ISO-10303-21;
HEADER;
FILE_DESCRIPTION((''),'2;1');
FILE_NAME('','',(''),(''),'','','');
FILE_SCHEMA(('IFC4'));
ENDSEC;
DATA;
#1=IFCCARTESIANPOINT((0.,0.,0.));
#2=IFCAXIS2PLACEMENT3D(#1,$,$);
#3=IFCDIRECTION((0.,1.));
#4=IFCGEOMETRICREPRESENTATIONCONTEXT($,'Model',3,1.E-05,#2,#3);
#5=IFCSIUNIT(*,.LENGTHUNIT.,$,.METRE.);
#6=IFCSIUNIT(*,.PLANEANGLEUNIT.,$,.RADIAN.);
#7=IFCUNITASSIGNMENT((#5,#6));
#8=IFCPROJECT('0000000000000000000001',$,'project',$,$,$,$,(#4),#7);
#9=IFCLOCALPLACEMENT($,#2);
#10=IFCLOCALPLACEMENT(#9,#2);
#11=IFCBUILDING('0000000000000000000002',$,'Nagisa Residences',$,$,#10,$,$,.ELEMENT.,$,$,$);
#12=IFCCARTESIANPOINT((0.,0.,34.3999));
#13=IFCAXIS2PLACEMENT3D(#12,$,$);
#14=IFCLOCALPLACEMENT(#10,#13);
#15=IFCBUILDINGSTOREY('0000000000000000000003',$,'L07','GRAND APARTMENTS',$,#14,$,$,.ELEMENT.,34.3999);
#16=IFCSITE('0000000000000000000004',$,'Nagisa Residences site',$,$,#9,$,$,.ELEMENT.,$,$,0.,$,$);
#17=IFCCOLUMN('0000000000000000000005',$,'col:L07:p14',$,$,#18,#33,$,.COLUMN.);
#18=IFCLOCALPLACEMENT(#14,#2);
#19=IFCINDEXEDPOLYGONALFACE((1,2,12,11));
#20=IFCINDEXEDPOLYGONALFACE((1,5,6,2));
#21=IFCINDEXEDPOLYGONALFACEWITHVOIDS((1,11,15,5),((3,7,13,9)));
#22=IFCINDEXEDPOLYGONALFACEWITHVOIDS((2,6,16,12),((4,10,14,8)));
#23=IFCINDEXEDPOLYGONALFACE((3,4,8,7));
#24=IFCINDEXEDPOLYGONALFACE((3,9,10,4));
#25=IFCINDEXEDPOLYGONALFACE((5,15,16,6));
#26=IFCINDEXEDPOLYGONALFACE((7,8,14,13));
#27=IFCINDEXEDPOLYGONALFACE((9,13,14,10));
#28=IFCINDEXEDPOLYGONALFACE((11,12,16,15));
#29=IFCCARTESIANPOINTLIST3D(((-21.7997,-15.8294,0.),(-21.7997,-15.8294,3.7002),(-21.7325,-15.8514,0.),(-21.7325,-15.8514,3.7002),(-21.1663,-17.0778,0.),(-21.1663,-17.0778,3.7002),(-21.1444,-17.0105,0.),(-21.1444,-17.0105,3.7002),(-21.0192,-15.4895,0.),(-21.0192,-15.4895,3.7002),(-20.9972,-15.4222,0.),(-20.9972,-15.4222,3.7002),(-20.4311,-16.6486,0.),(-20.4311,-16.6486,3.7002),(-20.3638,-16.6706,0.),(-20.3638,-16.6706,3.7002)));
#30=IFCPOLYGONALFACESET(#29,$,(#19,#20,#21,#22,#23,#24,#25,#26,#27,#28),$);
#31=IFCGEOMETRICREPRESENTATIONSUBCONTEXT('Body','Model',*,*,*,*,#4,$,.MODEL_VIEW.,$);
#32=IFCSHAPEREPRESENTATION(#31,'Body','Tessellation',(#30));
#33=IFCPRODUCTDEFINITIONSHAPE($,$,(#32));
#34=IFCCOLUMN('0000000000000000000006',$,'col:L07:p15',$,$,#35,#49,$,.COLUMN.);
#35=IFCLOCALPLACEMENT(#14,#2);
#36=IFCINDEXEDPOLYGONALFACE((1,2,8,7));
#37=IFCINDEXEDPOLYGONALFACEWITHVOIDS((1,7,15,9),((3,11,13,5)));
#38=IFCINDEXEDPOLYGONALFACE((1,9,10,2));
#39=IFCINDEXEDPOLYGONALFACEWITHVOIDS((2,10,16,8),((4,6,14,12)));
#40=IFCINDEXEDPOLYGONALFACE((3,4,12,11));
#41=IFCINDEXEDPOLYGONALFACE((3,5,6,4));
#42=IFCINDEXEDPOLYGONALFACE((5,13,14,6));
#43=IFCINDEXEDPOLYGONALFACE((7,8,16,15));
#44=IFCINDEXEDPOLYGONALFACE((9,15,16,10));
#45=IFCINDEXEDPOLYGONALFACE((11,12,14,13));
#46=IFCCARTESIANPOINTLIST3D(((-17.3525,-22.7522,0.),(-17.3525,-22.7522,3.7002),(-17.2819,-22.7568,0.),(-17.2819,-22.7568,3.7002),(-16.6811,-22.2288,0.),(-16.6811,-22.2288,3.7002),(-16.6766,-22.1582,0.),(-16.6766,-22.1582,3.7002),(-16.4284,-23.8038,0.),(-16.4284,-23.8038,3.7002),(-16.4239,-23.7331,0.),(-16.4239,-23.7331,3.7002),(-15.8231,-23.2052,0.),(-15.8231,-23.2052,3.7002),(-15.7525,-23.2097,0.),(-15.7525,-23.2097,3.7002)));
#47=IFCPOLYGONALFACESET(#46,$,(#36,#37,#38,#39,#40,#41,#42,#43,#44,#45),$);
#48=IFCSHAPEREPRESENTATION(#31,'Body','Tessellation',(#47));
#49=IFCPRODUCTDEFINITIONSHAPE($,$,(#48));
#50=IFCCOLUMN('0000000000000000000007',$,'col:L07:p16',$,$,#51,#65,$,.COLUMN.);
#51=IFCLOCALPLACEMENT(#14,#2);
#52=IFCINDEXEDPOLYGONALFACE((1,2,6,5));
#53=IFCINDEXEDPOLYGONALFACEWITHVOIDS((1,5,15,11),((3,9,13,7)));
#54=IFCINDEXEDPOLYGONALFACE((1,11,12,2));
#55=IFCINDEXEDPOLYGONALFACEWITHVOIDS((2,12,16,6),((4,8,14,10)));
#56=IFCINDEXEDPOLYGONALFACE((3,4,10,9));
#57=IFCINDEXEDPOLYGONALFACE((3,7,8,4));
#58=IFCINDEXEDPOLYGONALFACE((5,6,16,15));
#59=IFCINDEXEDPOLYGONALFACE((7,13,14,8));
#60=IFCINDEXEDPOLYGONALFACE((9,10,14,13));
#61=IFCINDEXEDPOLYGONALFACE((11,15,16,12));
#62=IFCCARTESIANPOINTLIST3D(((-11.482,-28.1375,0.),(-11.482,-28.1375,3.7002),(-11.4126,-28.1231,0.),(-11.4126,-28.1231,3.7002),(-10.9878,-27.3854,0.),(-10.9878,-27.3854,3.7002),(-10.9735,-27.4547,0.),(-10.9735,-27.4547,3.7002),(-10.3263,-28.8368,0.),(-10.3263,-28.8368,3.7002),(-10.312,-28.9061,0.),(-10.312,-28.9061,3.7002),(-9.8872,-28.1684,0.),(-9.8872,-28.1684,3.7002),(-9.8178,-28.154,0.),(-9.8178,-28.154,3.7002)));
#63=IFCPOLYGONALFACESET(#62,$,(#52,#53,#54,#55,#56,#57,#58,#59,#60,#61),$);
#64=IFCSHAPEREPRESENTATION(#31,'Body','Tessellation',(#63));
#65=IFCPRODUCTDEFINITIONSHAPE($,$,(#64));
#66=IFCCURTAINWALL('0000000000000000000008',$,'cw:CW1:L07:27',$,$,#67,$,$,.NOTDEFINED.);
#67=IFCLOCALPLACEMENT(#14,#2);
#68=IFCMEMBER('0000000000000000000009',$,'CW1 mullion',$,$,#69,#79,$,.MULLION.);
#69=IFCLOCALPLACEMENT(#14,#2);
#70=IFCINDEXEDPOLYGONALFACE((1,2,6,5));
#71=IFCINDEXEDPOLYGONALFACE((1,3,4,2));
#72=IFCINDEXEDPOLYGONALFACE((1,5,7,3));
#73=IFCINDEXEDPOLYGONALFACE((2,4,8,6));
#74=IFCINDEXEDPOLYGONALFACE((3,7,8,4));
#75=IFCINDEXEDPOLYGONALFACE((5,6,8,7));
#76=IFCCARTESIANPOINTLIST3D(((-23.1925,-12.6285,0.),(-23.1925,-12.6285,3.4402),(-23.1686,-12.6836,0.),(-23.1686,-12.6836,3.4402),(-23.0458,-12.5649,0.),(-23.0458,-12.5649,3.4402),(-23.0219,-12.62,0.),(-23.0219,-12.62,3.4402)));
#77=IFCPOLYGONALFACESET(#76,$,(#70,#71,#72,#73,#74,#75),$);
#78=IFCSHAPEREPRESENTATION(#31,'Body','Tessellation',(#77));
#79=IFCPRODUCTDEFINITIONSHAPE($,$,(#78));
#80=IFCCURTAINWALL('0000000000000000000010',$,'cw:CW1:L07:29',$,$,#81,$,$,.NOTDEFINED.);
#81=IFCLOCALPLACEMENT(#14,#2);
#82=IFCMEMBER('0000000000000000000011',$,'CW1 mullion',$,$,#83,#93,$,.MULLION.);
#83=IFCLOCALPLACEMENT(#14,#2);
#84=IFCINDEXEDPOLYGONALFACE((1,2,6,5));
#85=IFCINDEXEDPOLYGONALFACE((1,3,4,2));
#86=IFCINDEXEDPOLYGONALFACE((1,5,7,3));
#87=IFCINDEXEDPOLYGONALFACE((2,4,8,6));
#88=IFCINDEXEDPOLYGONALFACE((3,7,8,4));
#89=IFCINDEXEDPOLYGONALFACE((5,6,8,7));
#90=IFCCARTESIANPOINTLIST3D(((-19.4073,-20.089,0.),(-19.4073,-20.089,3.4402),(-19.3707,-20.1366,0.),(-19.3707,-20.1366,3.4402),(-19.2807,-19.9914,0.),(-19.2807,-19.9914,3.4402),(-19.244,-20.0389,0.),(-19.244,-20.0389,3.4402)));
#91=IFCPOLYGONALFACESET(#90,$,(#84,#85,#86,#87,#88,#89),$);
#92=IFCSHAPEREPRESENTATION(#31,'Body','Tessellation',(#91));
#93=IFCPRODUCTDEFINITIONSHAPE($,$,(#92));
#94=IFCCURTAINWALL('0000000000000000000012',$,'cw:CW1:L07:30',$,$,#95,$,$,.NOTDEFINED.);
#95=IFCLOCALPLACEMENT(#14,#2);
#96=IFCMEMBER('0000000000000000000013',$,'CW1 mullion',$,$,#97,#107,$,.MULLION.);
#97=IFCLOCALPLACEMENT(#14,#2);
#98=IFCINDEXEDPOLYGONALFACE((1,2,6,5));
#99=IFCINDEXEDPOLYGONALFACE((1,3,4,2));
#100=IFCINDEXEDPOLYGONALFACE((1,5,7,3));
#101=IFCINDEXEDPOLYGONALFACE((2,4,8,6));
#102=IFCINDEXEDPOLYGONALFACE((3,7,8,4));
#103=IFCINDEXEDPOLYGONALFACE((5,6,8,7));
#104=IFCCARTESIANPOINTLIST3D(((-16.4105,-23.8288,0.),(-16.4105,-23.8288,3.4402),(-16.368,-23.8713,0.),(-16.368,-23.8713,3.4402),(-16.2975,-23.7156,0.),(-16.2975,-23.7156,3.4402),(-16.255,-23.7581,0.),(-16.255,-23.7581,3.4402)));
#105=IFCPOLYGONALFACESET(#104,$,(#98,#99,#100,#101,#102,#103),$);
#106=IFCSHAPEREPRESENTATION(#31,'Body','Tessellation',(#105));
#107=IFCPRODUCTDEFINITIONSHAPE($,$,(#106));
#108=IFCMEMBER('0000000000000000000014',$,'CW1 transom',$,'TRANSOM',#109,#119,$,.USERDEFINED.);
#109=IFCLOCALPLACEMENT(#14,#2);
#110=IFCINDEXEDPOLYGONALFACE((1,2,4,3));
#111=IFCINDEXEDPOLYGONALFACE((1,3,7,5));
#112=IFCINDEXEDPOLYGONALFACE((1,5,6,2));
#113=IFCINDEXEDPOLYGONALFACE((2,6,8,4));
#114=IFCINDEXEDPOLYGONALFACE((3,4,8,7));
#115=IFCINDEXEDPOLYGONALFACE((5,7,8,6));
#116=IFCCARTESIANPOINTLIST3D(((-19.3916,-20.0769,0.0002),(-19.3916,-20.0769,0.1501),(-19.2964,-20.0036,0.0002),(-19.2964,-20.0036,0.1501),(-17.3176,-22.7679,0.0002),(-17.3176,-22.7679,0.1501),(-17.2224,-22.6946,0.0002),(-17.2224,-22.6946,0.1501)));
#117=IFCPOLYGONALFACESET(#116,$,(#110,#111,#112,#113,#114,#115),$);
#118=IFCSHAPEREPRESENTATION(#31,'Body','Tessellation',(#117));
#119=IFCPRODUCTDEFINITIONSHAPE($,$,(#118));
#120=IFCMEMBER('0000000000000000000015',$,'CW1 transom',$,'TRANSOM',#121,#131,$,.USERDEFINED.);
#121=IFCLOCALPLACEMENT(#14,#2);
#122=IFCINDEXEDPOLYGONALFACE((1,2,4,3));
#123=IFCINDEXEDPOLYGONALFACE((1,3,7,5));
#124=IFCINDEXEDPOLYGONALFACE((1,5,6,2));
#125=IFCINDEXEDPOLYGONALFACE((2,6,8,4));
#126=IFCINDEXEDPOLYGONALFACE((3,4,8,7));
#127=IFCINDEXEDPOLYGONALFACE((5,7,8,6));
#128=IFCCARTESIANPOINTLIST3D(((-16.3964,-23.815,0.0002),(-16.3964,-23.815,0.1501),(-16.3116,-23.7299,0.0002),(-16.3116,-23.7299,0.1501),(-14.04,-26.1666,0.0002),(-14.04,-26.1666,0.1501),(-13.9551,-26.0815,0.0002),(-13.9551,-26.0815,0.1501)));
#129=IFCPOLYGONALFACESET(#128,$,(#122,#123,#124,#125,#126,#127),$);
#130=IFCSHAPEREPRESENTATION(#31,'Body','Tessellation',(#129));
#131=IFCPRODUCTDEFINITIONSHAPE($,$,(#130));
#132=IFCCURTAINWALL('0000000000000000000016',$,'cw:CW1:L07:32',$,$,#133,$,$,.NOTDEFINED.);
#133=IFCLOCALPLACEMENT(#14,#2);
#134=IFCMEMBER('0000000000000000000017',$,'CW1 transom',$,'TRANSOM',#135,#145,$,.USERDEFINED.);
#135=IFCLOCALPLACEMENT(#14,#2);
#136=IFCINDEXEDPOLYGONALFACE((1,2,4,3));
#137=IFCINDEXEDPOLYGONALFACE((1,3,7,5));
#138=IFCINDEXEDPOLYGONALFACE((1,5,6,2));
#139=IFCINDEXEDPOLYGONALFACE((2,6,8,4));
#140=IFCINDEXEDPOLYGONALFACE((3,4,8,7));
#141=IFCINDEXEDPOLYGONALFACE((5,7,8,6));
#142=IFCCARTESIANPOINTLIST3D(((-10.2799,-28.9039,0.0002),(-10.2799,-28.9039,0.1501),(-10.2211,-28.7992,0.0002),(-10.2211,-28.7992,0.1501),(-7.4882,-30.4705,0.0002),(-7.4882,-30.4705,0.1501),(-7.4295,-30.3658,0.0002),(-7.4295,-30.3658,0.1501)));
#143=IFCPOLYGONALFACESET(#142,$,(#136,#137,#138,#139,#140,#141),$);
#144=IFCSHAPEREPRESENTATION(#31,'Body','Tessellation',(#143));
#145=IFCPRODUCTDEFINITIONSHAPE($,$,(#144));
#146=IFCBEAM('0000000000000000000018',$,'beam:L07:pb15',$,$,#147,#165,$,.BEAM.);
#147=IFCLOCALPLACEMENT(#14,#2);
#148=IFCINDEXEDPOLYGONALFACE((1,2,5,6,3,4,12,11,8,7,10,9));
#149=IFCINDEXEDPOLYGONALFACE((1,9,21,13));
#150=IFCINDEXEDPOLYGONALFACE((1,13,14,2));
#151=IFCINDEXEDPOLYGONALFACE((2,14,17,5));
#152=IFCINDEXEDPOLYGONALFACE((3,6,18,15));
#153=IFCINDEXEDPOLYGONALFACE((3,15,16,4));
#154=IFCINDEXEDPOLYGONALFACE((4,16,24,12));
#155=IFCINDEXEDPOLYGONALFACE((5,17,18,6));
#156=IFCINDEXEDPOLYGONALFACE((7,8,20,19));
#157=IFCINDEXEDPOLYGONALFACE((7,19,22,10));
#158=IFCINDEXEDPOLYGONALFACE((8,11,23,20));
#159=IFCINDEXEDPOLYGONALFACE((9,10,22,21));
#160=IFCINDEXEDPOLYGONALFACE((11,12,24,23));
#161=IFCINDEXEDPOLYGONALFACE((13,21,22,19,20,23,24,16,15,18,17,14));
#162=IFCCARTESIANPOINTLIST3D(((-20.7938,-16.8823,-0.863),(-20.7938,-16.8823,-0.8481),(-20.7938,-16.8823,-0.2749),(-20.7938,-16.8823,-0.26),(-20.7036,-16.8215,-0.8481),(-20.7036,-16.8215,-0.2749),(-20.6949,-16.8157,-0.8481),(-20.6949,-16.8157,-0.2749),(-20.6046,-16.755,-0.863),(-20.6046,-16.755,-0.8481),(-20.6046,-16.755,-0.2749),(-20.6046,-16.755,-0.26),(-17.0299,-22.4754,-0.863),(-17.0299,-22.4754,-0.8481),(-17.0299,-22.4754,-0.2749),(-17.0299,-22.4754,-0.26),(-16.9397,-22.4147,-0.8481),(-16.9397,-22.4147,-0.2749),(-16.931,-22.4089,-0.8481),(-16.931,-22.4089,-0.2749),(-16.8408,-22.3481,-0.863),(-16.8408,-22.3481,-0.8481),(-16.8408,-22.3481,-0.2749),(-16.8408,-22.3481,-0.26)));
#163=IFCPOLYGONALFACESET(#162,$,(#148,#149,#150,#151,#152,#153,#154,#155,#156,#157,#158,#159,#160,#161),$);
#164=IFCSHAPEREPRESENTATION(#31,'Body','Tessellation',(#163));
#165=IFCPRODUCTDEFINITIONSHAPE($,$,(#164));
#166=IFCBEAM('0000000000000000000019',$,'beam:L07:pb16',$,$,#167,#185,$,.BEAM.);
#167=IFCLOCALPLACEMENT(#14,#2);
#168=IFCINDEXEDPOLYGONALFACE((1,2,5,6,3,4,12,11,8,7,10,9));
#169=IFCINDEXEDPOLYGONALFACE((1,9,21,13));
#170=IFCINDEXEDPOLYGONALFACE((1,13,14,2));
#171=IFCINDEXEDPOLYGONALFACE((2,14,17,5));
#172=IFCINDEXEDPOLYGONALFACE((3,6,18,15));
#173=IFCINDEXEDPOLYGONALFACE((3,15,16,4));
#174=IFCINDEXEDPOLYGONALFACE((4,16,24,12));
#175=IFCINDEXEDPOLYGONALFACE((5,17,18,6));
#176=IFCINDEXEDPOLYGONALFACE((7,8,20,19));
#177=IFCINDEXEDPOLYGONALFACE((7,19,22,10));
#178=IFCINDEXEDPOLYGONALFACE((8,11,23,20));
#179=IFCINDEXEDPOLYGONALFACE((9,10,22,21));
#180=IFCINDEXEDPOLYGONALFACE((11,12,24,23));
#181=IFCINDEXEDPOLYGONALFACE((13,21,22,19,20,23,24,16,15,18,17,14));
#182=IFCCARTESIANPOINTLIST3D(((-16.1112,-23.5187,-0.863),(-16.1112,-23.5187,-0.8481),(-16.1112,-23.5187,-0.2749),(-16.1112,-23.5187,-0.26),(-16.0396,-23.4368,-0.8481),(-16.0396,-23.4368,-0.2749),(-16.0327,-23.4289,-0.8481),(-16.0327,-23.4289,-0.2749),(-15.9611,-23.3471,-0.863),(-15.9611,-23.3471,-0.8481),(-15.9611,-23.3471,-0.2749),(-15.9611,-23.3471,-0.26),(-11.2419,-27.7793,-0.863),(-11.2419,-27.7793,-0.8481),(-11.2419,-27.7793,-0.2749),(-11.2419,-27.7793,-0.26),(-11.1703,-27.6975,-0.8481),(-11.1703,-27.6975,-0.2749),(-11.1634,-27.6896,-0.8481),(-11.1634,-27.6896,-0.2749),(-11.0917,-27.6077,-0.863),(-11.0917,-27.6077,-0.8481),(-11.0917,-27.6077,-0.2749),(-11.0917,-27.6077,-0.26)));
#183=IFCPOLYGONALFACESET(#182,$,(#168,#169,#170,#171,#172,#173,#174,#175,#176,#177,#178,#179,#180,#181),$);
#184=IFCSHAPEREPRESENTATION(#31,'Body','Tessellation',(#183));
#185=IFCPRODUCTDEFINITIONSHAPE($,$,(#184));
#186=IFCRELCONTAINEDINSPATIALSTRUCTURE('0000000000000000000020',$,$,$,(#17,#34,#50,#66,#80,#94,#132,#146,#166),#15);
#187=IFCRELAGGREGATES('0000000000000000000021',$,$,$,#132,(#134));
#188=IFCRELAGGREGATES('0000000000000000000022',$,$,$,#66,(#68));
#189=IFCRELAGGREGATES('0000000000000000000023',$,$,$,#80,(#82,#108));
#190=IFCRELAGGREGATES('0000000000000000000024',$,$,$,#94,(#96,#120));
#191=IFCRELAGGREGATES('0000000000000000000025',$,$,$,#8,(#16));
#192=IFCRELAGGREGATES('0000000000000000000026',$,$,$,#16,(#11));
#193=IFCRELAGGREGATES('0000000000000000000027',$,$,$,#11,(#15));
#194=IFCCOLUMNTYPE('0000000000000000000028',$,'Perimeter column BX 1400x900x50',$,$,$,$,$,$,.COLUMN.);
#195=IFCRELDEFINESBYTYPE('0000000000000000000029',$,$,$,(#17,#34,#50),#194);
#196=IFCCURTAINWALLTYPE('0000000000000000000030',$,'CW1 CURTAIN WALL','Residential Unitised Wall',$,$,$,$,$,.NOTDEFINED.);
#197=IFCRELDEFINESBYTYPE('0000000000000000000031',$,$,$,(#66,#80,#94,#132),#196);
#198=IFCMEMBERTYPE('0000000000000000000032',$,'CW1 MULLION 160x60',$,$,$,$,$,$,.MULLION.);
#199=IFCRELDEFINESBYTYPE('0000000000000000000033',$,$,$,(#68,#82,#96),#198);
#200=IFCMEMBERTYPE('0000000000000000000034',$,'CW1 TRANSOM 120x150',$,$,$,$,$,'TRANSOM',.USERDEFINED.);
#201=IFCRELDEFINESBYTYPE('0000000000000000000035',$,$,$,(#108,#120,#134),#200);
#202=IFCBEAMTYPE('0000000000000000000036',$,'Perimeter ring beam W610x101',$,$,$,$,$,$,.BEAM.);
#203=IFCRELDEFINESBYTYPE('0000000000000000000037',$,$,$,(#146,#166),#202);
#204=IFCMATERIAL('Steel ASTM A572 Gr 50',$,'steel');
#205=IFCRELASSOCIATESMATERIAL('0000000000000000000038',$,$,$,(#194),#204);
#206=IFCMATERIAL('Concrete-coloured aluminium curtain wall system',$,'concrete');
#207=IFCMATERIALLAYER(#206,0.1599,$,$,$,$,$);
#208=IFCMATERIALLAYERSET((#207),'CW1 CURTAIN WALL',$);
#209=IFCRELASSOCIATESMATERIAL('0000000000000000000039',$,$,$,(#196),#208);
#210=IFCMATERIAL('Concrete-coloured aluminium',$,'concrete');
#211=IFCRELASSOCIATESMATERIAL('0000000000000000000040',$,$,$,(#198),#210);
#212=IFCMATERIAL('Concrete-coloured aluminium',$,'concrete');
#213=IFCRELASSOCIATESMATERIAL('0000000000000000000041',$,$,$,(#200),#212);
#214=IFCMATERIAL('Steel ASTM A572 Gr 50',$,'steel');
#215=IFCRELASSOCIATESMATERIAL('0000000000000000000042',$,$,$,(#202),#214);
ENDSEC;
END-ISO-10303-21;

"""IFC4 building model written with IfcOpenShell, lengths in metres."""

from ifc_helpers import new_model, si_unit, direction, frame, origin, origin_2d, place, context, subcontext, project, spatial, rectangle, hollow_rectangle, i_section, extrude, material, layer, layer_set, material_profile, profile_set, type_object, element, aggregate, save


model = new_model("IFC4")

# Units and contexts
model_context = context("Model", 3, precision=1e-05, world=origin(), true_north=direction((0.0, 1.0)))
body_context = subcontext(model_context, "Body", "Model", "MODEL_VIEW")
ifc_project = project(units=[si_unit("LENGTHUNIT", "METRE"), si_unit("PLANEANGLEUNIT", "RADIAN")], contexts=[model_context])

# Site, building, storey
site_placement = place(None, origin())
site = spatial("IfcSite", under=ifc_project, at=site_placement, Name="Nagisa Residences site", CompositionType="ELEMENT", RefElevation=0.0)
building_placement = place(site_placement, origin())
building = spatial("IfcBuilding", under=site, at=building_placement, Name="Nagisa Residences", CompositionType="ELEMENT")
storey_placement = place(building_placement, frame((0.0, 0.0, 34.3999)))
storey = spatial("IfcBuildingStorey", under=building, at=storey_placement, Name="L07", Description="GRAND APARTMENTS", CompositionType="ELEMENT", Elevation=34.3999)

# Columns
ifc_material_1 = material(Name="Steel ASTM A572 Gr 50", Category="steel")
ifc_material_profile_1 = material_profile(ifc_material_1, hollow_rectangle(XDim=1.3999, YDim=0.8999, WallThickness=0.05, at=origin_2d()), Name="BX 1400x900x50")
ifc_profile_set_1 = profile_set([ifc_material_profile_1], Name="Steel ASTM A572 Gr 50")
column_type = type_object("IfcColumnType", Name="Perimeter column BX 1400x900x50", PredefinedType="COLUMN", material=ifc_profile_set_1)
for number, where, z_axis, x_axis, name in (
    (1, (-21.0818, -16.25, 0.0), (0.0, 0.0, 1.0), (0.452463, -0.891783, 0.0), "col:L07:p14"),
    (2, (-16.5525, -22.981, 0.0), (0.0, 0.0, 1.0), (0.660115, -0.751165, 0.0), "col:L07:p15"),
    (3, (-10.6499, -28.1458, 0.0), (0.0, 0.0, 1.0), (0.835766, -0.549086, 0.0), "col:L07:p16"),
):
    element("IfcColumn", number, at=place(storey_placement, frame(where, z_axis=z_axis, x_axis=x_axis)), inside=storey, type_object=column_type, Name=name, PredefinedType="COLUMN", context=body_context, shape_type="SweptSolid", body=[
        extrude(hollow_rectangle(XDim=1.3999, YDim=0.8999, WallThickness=0.05, at=origin_2d()), origin(), (0.0, 0.0, 1.0), 3.7002),
    ])

# Curtain walls, members
ifc_material_2 = material(Name="Concrete-coloured aluminium curtain wall system", Category="concrete")
ifc_layer_1 = layer(ifc_material_2, 0.1599)
ifc_layer_set_1 = layer_set([ifc_layer_1], Name="CW1 CURTAIN WALL")
curtain_wall_type = type_object("IfcCurtainWallType", Name="CW1 CURTAIN WALL", Description="Residential Unitised Wall", PredefinedType="NOTDEFINED", material=ifc_layer_set_1)
curtain_wall_1_placement = place(storey_placement, origin())
curtain_wall_1 = element("IfcCurtainWall", 4, at=curtain_wall_1_placement, inside=storey, type_object=curtain_wall_type, Name="cw:CW1:L07:27", PredefinedType="NOTDEFINED")
ifc_material_3 = material(Name="Concrete-coloured aluminium", Category="concrete")
ifc_material_profile_2 = material_profile(ifc_material_3, rectangle(XDim=0.1599, YDim=0.0601, at=origin_2d()), Name="CW1 MULLION 160x60")
ifc_profile_set_2 = profile_set([ifc_material_profile_2], Name="Concrete-coloured aluminium")
member_type_1 = type_object("IfcMemberType", Name="CW1 MULLION 160x60", PredefinedType="MULLION", material=ifc_profile_set_2)
member_1_placement = place(storey_placement, frame((-23.1072, -12.6243, 0.0), z_axis=(0.0, 0.0, 1.0), x_axis=(0.917543, 0.397636, 0.0)))
member_1 = element("IfcMember", 5, at=member_1_placement, type_object=member_type_1, Name="CW1 mullion", PredefinedType="MULLION", context=body_context, shape_type="SweptSolid", body=[
    extrude(rectangle(XDim=0.1599, YDim=0.0601, at=origin_2d()), origin(), (0.0, 0.0, 1.0), 3.4402),
])
curtain_wall_2_placement = place(storey_placement, origin())
curtain_wall_2 = element("IfcCurtainWall", 6, at=curtain_wall_2_placement, inside=storey, type_object=curtain_wall_type, Name="cw:CW1:L07:29", PredefinedType="NOTDEFINED")
member_2_placement = place(storey_placement, frame((-19.3257, -20.064, 0.0), z_axis=(0.0, 0.0, 1.0), x_axis=(0.79207, 0.61043, 0.0)))
member_2 = element("IfcMember", 7, at=member_2_placement, type_object=member_type_1, Name="CW1 mullion", PredefinedType="MULLION", context=body_context, shape_type="SweptSolid", body=[
    extrude(rectangle(XDim=0.1599, YDim=0.0601, at=origin_2d()), origin(), (0.0, 0.0, 1.0), 3.4402),
])
curtain_wall_3_placement = place(storey_placement, origin())
curtain_wall_3 = element("IfcCurtainWall", 8, at=curtain_wall_3_placement, inside=storey, type_object=curtain_wall_type, Name="cw:CW1:L07:30", PredefinedType="NOTDEFINED")
member_3_placement = place(storey_placement, frame((-16.3328, -23.7935, 0.0), z_axis=(0.0, 0.0, 1.0), x_axis=(0.706377, 0.707836, 0.0)))
member_3 = element("IfcMember", 9, at=member_3_placement, type_object=member_type_1, Name="CW1 mullion", PredefinedType="MULLION", context=body_context, shape_type="SweptSolid", body=[
    extrude(rectangle(XDim=0.1599, YDim=0.0601, at=origin_2d()), origin(), (0.0, 0.0, 1.0), 3.4402),
])

# Members
ifc_material_4 = material(Name="Concrete-coloured aluminium", Category="concrete")
ifc_material_profile_3 = material_profile(ifc_material_4, rectangle(XDim=0.1201, YDim=0.1499, at=origin_2d()), Name="CW1 TRANSOM 120x150")
ifc_profile_set_3 = profile_set([ifc_material_profile_3], Name="Concrete-coloured aluminium")
member_type_2 = type_object("IfcMemberType", Name="CW1 TRANSOM 120x150", ElementType="TRANSOM", PredefinedType="USERDEFINED", material=ifc_profile_set_3)
member_4_placement = place(storey_placement, frame((-19.344, -20.0403, 0.0752), z_axis=(0.610457, -0.792049, 0.0), x_axis=(0.792049, 0.610457, 0.0)))
member_4 = element("IfcMember", 10, at=member_4_placement, type_object=member_type_2, Name="CW1 transom", ObjectType="TRANSOM", PredefinedType="USERDEFINED", context=body_context, shape_type="SweptSolid", body=[
    extrude(rectangle(XDim=0.1201, YDim=0.1499, at=origin_2d()), origin(), (0.0, 0.0, 1.0), 3.3975),
])
member_5_placement = place(storey_placement, frame((-16.354, -23.7725, 0.0752), z_axis=(0.70784, -0.706373, 0.0), x_axis=(0.706373, 0.70784, 0.0)))
member_5 = element("IfcMember", 11, at=member_5_placement, type_object=member_type_2, Name="CW1 transom", ObjectType="TRANSOM", PredefinedType="USERDEFINED", context=body_context, shape_type="SweptSolid", body=[
    extrude(rectangle(XDim=0.1201, YDim=0.1499, at=origin_2d()), origin(), (0.0, 0.0, 1.0), 3.3291),
])

# Curtain wall, member
curtain_wall_4_placement = place(storey_placement, origin())
curtain_wall_4 = element("IfcCurtainWall", 12, at=curtain_wall_4_placement, inside=storey, type_object=curtain_wall_type, Name="cw:CW1:L07:32", PredefinedType="NOTDEFINED")
member_6_placement = place(storey_placement, frame((-10.2505, -28.8516, 0.0752), z_axis=(0.87207, -0.489381, 0.0), x_axis=(0.489381, 0.87207, 0.0)))
member_6 = element("IfcMember", 13, at=member_6_placement, type_object=member_type_2, Name="CW1 transom", ObjectType="TRANSOM", PredefinedType="USERDEFINED", context=body_context, shape_type="SweptSolid", body=[
    extrude(rectangle(XDim=0.1201, YDim=0.1499, at=origin_2d()), origin(), (0.0, 0.0, 1.0), 3.2012),
])
aggregate(curtain_wall_4, [member_6])

# Beams
ifc_material_5 = material(Name="Steel ASTM A572 Gr 50", Category="steel")
ifc_material_profile_4 = material_profile(ifc_material_5, i_section(OverallWidth=0.228, OverallDepth=0.603, WebThickness=0.0105, FlangeThickness=0.0149, at=origin_2d()), Name="W610x101")
ifc_profile_set_4 = profile_set([ifc_material_profile_4], Name="Steel ASTM A572 Gr 50")
beam_type_1 = type_object("IfcBeamType", Name="Perimeter ring beam W610x101", PredefinedType="BEAM", material=ifc_profile_set_4)
beam_1_placement = place(storey_placement, frame((-20.6992, -16.8186, -0.5615), z_axis=(0.558297, -0.829641, 0.0), x_axis=(0.829641, 0.558297, 0.0)))
element("IfcBeam", 14, at=beam_1_placement, inside=storey, type_object=beam_type_1, Name="beam:L07:pb15", PredefinedType="BEAM", context=body_context, shape_type="SweptSolid", body=[
    extrude(i_section(OverallWidth=0.228, OverallDepth=0.603, WebThickness=0.0105, FlangeThickness=0.0149, at=origin_2d()), origin(), (0.0, 0.0, 1.0), 6.7417),
])
beam_2_placement = place(storey_placement, frame((-16.0361, -23.4329, -0.5615), z_axis=(0.752574, -0.658507, 0.0), x_axis=(0.658507, 0.752574, 0.0)))
element("IfcBeam", 15, at=beam_2_placement, inside=storey, type_object=beam_type_1, Name="beam:L07:pb16", PredefinedType="BEAM", context=body_context, shape_type="SweptSolid", body=[
    extrude(i_section(OverallWidth=0.228, OverallDepth=0.603, WebThickness=0.0105, FlangeThickness=0.0149, at=origin_2d()), origin(), (0.0, 0.0, 1.0), 6.4702),
])

aggregate(curtain_wall_1, [member_1])
aggregate(curtain_wall_2, [member_2, member_4])
aggregate(curtain_wall_3, [member_3, member_5])

save(model, "model.ifc")
